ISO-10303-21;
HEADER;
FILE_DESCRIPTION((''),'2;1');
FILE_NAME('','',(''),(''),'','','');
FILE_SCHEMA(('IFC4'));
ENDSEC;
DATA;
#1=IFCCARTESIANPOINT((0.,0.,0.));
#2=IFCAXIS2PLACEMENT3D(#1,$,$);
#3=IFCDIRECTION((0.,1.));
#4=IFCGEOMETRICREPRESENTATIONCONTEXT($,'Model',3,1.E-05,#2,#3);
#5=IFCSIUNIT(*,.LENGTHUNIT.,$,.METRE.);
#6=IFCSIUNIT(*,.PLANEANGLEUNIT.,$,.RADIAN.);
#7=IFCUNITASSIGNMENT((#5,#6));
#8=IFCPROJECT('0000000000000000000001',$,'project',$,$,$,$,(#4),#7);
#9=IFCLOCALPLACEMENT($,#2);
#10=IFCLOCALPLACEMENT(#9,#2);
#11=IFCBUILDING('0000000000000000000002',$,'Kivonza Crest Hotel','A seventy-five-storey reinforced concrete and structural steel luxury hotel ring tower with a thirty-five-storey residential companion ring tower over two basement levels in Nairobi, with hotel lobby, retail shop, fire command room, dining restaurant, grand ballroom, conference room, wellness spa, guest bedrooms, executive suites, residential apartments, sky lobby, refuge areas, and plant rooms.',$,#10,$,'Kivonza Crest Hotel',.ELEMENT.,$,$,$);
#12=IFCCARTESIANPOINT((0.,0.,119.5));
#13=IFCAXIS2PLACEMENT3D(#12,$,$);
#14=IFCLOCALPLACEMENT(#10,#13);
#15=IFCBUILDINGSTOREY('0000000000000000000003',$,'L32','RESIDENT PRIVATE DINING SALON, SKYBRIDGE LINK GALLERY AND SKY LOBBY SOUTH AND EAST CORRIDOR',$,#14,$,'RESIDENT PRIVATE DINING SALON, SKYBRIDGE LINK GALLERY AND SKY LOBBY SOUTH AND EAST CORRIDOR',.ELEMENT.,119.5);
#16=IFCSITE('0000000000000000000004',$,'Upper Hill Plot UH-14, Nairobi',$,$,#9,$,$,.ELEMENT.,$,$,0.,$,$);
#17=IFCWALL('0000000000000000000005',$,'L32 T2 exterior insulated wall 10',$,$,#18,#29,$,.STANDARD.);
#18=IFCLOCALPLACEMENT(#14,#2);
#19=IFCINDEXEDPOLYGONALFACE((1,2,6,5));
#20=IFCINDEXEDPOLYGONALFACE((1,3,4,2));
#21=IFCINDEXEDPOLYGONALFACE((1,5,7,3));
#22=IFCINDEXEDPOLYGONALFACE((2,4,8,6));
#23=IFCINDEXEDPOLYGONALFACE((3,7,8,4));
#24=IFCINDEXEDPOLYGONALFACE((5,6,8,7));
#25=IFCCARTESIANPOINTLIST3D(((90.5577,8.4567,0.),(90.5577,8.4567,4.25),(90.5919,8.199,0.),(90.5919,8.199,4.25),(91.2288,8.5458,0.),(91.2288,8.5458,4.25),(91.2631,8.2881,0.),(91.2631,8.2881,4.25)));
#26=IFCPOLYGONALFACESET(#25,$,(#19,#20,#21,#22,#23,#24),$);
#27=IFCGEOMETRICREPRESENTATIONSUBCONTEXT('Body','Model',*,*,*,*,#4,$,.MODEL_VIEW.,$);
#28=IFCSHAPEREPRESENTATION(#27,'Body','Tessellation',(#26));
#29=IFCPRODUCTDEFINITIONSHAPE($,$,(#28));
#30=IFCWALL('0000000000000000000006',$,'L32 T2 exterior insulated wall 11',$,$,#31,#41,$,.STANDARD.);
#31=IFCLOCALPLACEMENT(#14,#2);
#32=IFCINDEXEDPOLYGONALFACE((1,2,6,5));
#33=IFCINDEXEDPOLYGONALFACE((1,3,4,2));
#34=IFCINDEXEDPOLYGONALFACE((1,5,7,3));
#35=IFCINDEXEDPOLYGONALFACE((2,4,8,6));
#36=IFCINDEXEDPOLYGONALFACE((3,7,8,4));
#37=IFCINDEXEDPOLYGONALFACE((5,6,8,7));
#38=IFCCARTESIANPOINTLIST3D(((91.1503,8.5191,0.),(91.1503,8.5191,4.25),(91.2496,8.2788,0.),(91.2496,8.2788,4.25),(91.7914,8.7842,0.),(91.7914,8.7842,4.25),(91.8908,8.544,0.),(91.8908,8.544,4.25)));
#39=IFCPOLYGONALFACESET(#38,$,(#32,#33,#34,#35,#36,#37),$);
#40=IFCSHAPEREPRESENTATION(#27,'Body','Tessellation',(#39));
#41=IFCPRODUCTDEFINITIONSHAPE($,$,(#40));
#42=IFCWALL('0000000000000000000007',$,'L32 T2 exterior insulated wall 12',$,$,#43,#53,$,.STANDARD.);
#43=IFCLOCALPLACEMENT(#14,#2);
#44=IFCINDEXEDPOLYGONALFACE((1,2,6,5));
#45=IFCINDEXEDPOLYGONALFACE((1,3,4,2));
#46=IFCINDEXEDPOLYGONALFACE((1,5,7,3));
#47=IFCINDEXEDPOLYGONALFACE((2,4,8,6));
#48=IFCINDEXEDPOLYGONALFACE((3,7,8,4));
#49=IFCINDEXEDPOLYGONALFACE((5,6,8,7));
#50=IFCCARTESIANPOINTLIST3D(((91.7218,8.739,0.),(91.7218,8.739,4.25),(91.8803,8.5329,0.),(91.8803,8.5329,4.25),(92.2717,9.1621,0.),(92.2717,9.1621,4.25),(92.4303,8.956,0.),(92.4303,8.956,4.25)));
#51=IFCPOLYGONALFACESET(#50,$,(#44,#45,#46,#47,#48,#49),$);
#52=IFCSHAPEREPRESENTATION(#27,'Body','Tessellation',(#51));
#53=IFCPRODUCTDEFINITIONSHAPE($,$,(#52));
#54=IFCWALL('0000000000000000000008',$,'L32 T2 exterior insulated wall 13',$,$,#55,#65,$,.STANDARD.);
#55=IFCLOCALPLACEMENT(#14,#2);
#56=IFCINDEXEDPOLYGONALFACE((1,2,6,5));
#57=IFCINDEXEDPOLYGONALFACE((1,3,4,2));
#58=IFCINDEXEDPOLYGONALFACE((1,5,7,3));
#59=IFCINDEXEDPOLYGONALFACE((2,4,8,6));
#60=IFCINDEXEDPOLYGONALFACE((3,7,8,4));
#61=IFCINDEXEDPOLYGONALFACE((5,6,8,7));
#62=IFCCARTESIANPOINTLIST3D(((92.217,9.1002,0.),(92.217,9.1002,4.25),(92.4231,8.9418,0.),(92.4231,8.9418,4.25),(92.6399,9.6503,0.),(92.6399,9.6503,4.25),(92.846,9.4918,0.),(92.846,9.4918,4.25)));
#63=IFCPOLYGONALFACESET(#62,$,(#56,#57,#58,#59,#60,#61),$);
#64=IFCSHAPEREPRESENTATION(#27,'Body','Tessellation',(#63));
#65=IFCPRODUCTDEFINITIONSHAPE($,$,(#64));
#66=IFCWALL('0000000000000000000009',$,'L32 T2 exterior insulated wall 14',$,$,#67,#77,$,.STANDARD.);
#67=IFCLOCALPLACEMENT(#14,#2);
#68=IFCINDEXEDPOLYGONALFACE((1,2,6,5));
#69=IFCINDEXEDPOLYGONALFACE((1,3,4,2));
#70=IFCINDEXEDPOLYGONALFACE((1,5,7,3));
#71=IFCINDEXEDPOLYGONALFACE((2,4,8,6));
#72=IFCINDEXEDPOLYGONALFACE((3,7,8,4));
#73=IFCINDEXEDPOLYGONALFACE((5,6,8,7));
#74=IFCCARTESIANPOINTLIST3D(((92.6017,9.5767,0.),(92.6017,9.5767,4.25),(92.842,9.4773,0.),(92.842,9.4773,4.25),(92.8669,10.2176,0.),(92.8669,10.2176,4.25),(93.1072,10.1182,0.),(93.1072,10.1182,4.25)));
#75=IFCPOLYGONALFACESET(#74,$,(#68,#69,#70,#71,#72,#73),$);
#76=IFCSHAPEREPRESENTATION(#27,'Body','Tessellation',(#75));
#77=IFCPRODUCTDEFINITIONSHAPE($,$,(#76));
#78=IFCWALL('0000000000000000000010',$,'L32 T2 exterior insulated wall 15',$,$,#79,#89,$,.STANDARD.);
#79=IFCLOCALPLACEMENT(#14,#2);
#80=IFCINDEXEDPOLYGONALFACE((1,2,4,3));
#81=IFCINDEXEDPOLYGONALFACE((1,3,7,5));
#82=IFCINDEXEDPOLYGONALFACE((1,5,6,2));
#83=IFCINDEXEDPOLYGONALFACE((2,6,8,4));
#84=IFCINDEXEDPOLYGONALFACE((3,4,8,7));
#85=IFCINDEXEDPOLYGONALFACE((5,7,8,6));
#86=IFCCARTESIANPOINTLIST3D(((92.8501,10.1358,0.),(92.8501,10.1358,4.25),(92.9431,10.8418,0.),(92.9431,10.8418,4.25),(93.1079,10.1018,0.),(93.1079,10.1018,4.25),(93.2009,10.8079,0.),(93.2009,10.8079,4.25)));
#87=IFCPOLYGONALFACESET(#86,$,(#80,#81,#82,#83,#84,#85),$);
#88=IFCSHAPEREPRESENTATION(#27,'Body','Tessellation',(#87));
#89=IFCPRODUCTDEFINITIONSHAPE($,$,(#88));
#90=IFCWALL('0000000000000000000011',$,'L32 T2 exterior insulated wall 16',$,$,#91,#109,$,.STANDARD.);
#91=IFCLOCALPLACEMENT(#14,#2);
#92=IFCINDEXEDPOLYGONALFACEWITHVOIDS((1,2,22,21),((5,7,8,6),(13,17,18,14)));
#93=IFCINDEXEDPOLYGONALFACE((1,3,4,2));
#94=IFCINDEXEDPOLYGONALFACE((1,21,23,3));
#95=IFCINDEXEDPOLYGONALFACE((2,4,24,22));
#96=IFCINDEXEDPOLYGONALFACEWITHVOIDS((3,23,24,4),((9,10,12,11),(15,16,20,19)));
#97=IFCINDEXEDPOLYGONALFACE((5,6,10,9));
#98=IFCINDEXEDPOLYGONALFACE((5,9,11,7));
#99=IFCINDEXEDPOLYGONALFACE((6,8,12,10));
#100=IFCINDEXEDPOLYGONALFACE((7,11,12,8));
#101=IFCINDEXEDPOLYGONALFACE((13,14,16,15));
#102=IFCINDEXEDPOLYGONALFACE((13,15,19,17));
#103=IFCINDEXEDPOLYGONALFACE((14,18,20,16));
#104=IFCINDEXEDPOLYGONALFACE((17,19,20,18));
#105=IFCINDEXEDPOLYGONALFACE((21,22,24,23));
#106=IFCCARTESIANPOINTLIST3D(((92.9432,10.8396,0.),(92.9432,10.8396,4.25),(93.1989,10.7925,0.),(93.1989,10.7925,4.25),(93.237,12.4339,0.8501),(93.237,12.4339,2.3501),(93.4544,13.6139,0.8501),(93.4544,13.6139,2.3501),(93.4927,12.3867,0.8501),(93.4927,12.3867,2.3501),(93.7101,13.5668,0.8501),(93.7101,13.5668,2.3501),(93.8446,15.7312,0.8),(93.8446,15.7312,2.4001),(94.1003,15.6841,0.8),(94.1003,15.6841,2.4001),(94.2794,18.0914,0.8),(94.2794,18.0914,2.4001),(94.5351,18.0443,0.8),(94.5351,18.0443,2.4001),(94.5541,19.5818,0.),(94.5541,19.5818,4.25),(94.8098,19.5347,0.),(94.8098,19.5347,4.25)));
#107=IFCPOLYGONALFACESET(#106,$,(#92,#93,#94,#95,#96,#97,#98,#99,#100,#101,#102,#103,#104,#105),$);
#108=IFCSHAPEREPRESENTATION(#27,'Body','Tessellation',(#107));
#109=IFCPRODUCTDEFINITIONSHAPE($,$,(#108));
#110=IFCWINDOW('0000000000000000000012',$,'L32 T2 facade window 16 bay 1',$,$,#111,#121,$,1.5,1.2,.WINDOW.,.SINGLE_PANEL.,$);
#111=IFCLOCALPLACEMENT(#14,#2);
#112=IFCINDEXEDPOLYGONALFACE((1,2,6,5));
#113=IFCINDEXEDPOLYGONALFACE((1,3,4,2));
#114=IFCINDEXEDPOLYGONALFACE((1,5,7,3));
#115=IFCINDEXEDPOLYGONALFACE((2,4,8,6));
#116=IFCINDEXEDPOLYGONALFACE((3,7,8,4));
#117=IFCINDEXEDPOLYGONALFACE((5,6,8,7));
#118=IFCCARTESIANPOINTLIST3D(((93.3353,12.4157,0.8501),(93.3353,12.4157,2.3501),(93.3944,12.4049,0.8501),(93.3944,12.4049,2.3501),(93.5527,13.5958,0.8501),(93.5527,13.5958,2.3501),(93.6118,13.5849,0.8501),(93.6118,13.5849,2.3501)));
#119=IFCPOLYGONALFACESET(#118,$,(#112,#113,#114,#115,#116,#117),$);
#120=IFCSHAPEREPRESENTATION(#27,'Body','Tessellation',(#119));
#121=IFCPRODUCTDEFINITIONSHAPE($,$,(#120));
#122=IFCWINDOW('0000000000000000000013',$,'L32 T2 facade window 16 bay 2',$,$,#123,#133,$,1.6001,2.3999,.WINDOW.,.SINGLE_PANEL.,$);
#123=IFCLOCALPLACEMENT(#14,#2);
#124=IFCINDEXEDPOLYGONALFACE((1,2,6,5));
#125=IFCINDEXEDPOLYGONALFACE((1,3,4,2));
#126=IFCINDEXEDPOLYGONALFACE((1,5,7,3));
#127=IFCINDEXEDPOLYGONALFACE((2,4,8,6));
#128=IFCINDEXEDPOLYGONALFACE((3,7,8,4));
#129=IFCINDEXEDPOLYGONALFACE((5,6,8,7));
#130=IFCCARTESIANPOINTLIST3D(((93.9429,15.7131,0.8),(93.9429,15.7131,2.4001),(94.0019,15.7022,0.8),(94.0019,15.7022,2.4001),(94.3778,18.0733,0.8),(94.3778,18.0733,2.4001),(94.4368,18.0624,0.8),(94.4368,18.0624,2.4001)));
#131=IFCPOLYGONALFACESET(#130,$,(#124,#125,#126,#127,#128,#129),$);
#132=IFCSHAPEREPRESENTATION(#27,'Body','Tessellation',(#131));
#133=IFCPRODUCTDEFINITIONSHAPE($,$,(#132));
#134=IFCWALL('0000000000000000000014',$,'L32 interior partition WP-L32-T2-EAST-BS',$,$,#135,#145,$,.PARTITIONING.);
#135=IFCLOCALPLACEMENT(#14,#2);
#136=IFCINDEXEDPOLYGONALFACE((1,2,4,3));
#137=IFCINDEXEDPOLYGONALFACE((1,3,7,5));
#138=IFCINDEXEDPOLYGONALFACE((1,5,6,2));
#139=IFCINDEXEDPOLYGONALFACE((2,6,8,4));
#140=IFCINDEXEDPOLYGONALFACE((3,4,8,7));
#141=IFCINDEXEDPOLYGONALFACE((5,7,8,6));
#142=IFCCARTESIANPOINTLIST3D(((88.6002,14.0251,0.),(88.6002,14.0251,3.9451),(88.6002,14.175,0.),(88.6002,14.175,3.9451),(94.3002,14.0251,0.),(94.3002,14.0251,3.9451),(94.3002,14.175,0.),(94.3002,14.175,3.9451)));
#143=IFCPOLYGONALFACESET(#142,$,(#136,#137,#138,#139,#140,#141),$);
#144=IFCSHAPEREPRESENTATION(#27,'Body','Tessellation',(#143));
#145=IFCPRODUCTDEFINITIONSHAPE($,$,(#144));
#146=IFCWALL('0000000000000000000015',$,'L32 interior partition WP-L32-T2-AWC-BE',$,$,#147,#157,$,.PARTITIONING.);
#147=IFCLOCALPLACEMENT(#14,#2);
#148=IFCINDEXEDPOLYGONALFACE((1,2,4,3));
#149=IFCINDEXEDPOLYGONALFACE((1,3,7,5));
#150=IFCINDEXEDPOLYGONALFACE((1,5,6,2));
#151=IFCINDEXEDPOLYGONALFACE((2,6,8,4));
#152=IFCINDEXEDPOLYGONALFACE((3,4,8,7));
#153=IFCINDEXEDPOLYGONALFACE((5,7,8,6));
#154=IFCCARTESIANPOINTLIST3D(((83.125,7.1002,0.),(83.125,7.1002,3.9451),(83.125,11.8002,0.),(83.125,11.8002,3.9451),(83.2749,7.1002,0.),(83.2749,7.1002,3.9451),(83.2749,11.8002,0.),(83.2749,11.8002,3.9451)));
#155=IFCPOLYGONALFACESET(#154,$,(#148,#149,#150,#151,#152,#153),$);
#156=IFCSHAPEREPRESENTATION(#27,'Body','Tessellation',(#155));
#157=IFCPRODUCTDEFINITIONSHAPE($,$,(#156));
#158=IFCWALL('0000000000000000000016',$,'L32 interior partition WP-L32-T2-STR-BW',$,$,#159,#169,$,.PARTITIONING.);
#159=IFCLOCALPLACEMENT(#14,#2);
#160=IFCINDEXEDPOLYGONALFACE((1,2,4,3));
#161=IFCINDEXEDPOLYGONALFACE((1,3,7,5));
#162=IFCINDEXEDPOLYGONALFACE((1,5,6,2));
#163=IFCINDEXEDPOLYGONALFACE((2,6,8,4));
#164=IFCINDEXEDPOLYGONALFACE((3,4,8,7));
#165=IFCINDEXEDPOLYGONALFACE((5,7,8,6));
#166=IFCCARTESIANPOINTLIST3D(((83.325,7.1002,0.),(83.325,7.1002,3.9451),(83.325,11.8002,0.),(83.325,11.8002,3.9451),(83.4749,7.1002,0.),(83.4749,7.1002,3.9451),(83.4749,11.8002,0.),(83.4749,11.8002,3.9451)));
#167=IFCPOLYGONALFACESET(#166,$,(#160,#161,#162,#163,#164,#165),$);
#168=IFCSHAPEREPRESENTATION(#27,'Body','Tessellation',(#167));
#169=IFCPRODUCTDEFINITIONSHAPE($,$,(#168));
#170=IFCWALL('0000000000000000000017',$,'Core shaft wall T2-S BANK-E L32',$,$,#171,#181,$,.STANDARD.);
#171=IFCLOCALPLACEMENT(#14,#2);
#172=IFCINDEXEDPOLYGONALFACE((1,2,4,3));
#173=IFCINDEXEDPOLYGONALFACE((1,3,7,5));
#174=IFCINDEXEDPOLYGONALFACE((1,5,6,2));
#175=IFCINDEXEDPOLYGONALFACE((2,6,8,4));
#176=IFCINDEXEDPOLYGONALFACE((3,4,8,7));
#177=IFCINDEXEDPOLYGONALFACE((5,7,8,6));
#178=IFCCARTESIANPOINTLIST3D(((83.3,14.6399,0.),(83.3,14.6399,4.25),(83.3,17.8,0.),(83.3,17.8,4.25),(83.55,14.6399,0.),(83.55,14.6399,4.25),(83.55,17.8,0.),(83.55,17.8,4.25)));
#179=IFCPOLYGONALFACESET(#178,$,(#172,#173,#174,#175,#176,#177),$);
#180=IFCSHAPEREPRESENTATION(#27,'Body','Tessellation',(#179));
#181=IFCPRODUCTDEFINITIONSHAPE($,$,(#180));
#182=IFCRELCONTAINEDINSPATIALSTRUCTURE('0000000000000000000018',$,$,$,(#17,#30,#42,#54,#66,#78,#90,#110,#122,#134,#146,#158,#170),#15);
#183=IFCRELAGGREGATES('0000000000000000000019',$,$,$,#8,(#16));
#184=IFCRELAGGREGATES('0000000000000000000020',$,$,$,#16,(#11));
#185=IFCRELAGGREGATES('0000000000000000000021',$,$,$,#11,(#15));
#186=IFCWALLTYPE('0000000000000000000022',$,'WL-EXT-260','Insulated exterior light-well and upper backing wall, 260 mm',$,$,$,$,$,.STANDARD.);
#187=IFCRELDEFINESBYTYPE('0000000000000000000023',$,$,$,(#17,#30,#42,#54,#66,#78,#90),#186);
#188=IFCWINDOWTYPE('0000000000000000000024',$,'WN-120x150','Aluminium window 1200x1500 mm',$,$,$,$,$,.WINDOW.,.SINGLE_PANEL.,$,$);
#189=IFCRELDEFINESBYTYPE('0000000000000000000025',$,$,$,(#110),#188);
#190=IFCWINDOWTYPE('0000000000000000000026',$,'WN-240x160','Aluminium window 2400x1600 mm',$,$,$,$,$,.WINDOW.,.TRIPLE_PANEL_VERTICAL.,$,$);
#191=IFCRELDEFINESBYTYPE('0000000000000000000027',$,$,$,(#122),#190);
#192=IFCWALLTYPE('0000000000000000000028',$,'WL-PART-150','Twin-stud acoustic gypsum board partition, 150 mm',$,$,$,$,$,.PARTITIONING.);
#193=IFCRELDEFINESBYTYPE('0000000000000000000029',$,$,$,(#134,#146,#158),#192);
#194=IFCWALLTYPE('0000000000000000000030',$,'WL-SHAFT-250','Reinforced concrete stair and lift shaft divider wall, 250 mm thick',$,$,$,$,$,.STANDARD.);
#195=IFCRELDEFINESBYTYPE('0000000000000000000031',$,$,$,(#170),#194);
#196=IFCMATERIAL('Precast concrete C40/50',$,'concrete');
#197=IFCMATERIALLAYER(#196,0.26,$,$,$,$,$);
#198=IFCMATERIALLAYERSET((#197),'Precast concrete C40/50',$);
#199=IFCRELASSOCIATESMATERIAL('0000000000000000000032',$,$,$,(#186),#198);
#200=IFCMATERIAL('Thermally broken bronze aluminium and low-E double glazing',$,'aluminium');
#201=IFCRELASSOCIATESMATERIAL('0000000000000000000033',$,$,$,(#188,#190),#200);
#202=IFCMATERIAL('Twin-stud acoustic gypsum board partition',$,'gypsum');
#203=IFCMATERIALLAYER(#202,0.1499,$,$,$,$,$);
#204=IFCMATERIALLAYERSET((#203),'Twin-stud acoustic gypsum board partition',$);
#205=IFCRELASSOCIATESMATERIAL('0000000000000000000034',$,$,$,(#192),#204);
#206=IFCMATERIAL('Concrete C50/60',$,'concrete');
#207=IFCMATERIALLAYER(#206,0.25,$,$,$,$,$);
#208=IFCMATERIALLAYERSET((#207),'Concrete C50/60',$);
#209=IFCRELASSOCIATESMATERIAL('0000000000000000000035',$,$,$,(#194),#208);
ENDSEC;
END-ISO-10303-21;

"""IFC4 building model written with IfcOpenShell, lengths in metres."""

from ifc_helpers import new_model, si_unit, direction, frame, frame_2d, origin, place, context, subcontext, project, spatial, rectangle, extrude, material, layer, layer_set, type_object, element, fill, save


model = new_model("IFC4")

# Units and contexts
model_context = context("Model", 3, precision=1e-05, world=origin(), true_north=direction((0.0, 1.0)))
body_context = subcontext(model_context, "Body", "Model", "MODEL_VIEW")
ifc_project = project(units=[si_unit("LENGTHUNIT", "METRE"), si_unit("PLANEANGLEUNIT", "RADIAN")], contexts=[model_context])

# Site, building, storey
site_placement = place(None, origin())
site = spatial("IfcSite", under=ifc_project, at=site_placement, Name="Upper Hill Plot UH-14, Nairobi", CompositionType="ELEMENT", RefElevation=0.0)
building_placement = place(site_placement, origin())
building = spatial("IfcBuilding", under=site, at=building_placement, Name="Kivonza Crest Hotel", Description="A seventy-five-storey reinforced concrete and structural steel luxury hotel ring tower with a thirty-five-storey residential companion ring tower over two basement levels in Nairobi, with hotel lobby, retail shop, fire command room, dining restaurant, grand ballroom, conference room, wellness spa, guest bedrooms, executive suites, residential apartments, sky lobby, refuge areas, and plant rooms.", LongName="Kivonza Crest Hotel", CompositionType="ELEMENT")
storey_placement = place(building_placement, frame((0.0, 0.0, 119.5)))
storey = spatial("IfcBuildingStorey", under=building, at=storey_placement, Name="L32", Description="RESIDENT PRIVATE DINING SALON, SKYBRIDGE LINK GALLERY AND SKY LOBBY SOUTH AND EAST CORRIDOR", LongName="RESIDENT PRIVATE DINING SALON, SKYBRIDGE LINK GALLERY AND SKY LOBBY SOUTH AND EAST CORRIDOR", CompositionType="ELEMENT", Elevation=119.5)

# Walls
ifc_material_1 = material(Name="Concrete C50/60", Category="concrete")
ifc_material_2 = material(Name="Precast concrete C40/50", Category="concrete")
ifc_layer_1 = layer(ifc_material_2, 0.26)
ifc_layer_set_1 = layer_set([ifc_layer_1], Name="Precast concrete C40/50")
wall_type_1 = type_object("IfcWallType", Name="WL-EXT-260", Description="Insulated exterior light-well and upper backing wall, 260 mm", PredefinedType="STANDARD", material=ifc_layer_set_1)
wall_1_placement = place(storey_placement, frame((90.575, 8.3279, 0.0), z_axis=(0.0, 0.0, 1.0), x_axis=(0.9913, 0.13162, 0.0)))
element("IfcWall", 1, at=wall_1_placement, inside=storey, type_object=wall_type_1, Name="L32 T2 exterior insulated wall 10", PredefinedType="STANDARD", context=body_context, shape_type="SweptSolid", body=[
    extrude(rectangle(XDim=0.677, YDim=0.26, at=frame_2d((0.3384, 0.0))), origin(), (0.0, 0.0, 1.0), 4.25),
])
for number, where, z_axis, x_axis, name in (
    (2, (91.2, 8.3989, 0.0), (0.0, 0.0, 1.0), (0.924094, 0.382165, 0.0), "L32 T2 exterior insulated wall 11"),
    (3, (91.801, 8.636, 0.0), (0.0, 0.0, 1.0), (0.792637, 0.609694, 0.0), "L32 T2 exterior insulated wall 12"),
    (4, (92.3201, 9.021, 0.0), (0.0, 0.0, 1.0), (0.609473, 0.792807, 0.0), "L32 T2 exterior insulated wall 13"),
):
    element("IfcWall", number, at=place(storey_placement, frame(where, z_axis=z_axis, x_axis=x_axis)), inside=storey, type_object=wall_type_1, Name=name, PredefinedType="STANDARD", context=body_context, shape_type="SweptSolid", body=[
        extrude(rectangle(XDim=0.6938, YDim=0.26, at=frame_2d((0.3469, 0.0))), origin(), (0.0, 0.0, 1.0), 4.25),
    ])
wall_2_placement = place(storey_placement, frame((92.7219, 9.5271, 0.0), z_axis=(0.0, 0.0, 1.0), x_axis=(0.38229, 0.924043, 0.0)))
element("IfcWall", 5, at=wall_2_placement, inside=storey, type_object=wall_type_1, Name="L32 T2 exterior insulated wall 14", PredefinedType="STANDARD", context=body_context, shape_type="SweptSolid", body=[
    extrude(rectangle(XDim=0.6936, YDim=0.26, at=frame_2d((0.3467, 0.0))), origin(), (0.0, 0.0, 1.0), 4.25),
])
wall_3_placement = place(storey_placement, frame((92.979, 10.1189, 0.0), z_axis=(0.0, 0.0, 1.0), x_axis=(0.130614, 0.991433, 0.0)))
element("IfcWall", 6, at=wall_3_placement, inside=storey, type_object=wall_type_1, Name="L32 T2 exterior insulated wall 15", PredefinedType="STANDARD", context=body_context, shape_type="SweptSolid", body=[
    extrude(rectangle(XDim=0.7122, YDim=0.26, at=frame_2d((0.356, 0.0))), origin(), (0.0, 0.0, 1.0), 4.25),
])

# Wall, openings, windows
wall_4_placement = place(storey_placement, frame((93.071, 10.8159, 0.0), z_axis=(0.0, 0.0, 1.0), x_axis=(0.18121, 0.983444, 0.0)))
wall_4 = element("IfcWall", 7, at=wall_4_placement, inside=storey, type_object=wall_type_1, Name="L32 T2 exterior insulated wall 16", PredefinedType="STANDARD", context=body_context, shape_type="SweptSolid", body=[
    extrude(rectangle(XDim=8.8894, YDim=0.26, at=frame_2d((4.4448, 0.0))), origin(), (0.0, 0.0, 1.0), 4.25),
])
opening_1_placement = place(wall_4_placement, frame((1.6211, 0.0, 0.8501)))
opening_1 = element("IfcOpeningElement", 8, at=opening_1_placement, cuts=wall_4, PredefinedType="OPENING", context=body_context, shape_type="SweptSolid", body=[
    extrude(rectangle(XDim=1.2, YDim=1.5, at=frame_2d((0.6001, 0.75))), frame((0.0, 0.1401, 0.0), z_axis=(0.0, -1.0, 0.0), x_axis=(1.0, 0.0, 0.0)), (0.0, 0.0, 1.0), 0.28),
])
opening_2_placement = place(wall_4_placement, frame((4.9741, 0.0, 0.8)))
opening_2 = element("IfcOpeningElement", 9, at=opening_2_placement, cuts=wall_4, PredefinedType="OPENING", context=body_context, shape_type="SweptSolid", body=[
    extrude(rectangle(XDim=2.3999, YDim=1.6001, at=frame_2d((1.2, 0.8))), frame((0.0, 0.1401, 0.0), z_axis=(0.0, -1.0, 0.0), x_axis=(1.0, 0.0, 0.0)), (0.0, 0.0, 1.0), 0.28),
])
ifc_material_3 = material(Name="Thermally broken bronze aluminium and low-E double glazing", Category="aluminium")
window_type_1 = type_object("IfcWindowType", Name="WN-120x150", Description="Aluminium window 1200x1500 mm", PartitioningType="SINGLE_PANEL", PredefinedType="WINDOW", material=ifc_material_3)
window_1_placement = place(opening_1_placement, origin())
window_1 = element("IfcWindow", 10, at=window_1_placement, inside=storey, type_object=window_type_1, Name="L32 T2 facade window 16 bay 1", OverallHeight=1.5, OverallWidth=1.2, PartitioningType="SINGLE_PANEL", PredefinedType="WINDOW", context=body_context, shape_type="SweptSolid", body=[
    extrude(rectangle(XDim=1.2, YDim=1.5, at=frame_2d((0.6001, 0.75))), frame((0.0, 0.03, 0.0), z_axis=(0.0, -1.0, 0.0), x_axis=(1.0, 0.0, 0.0)), (0.0, 0.0, 1.0), 0.0601),
])
fill(opening_1, window_1)
window_type_2 = type_object("IfcWindowType", Name="WN-240x160", Description="Aluminium window 2400x1600 mm", PartitioningType="TRIPLE_PANEL_VERTICAL", PredefinedType="WINDOW", material=ifc_material_3)
window_2_placement = place(opening_2_placement, origin())
window_2 = element("IfcWindow", 11, at=window_2_placement, inside=storey, type_object=window_type_2, Name="L32 T2 facade window 16 bay 2", OverallHeight=1.6001, OverallWidth=2.3999, PartitioningType="SINGLE_PANEL", PredefinedType="WINDOW", context=body_context, shape_type="SweptSolid", body=[
    extrude(rectangle(XDim=2.3999, YDim=1.6001, at=frame_2d((1.2, 0.8))), frame((0.0, 0.03, 0.0), z_axis=(0.0, -1.0, 0.0), x_axis=(1.0, 0.0, 0.0)), (0.0, 0.0, 1.0), 0.0601),
])
fill(opening_2, window_2)

# Walls
ifc_material_4 = material(Name="Twin-stud acoustic gypsum board partition", Category="gypsum")
ifc_layer_2 = layer(ifc_material_4, 0.1499)
ifc_layer_set_2 = layer_set([ifc_layer_2], Name="Twin-stud acoustic gypsum board partition")
wall_type_2 = type_object("IfcWallType", Name="WL-PART-150", Description="Twin-stud acoustic gypsum board partition, 150 mm", PredefinedType="PARTITIONING", material=ifc_layer_set_2)
wall_5_placement = place(storey_placement, frame((88.6001, 14.1001, 0.0), z_axis=(0.0, 0.0, 1.0), x_axis=(1.0, 0.0, 0.0)))
element("IfcWall", 12, at=wall_5_placement, inside=storey, type_object=wall_type_2, Name="L32 interior partition WP-L32-T2-EAST-BS", PredefinedType="PARTITIONING", context=body_context, shape_type="SweptSolid", body=[
    extrude(rectangle(XDim=5.7, YDim=0.1499, at=frame_2d((2.8501, 0.0))), origin(), (0.0, 0.0, 1.0), 3.9451),
])
for number, where, z_axis, x_axis, name in (
    (13, (83.2, 7.1001, 0.0), (0.0, 0.0, 1.0), (0.0, 1.0, 0.0), "L32 interior partition WP-L32-T2-AWC-BE"),
    (14, (83.3999, 7.1001, 0.0), (0.0, 0.0, 1.0), (0.0, 1.0, 0.0), "L32 interior partition WP-L32-T2-STR-BW"),
):
    element("IfcWall", number, at=place(storey_placement, frame(where, z_axis=z_axis, x_axis=x_axis)), inside=storey, type_object=wall_type_2, Name=name, PredefinedType="PARTITIONING", context=body_context, shape_type="SweptSolid", body=[
        extrude(rectangle(XDim=4.7, YDim=0.1499, at=frame_2d((2.3501, 0.0))), origin(), (0.0, 0.0, 1.0), 3.9451),
    ])
ifc_layer_3 = layer(ifc_material_1, 0.25)
ifc_layer_set_3 = layer_set([ifc_layer_3], Name="Concrete C50/60")
wall_type_3 = type_object("IfcWallType", Name="WL-SHAFT-250", Description="Reinforced concrete stair and lift shaft divider wall, 250 mm thick", PredefinedType="STANDARD", material=ifc_layer_set_3)
wall_6_placement = place(storey_placement, frame((83.425, 14.6399, 0.0), z_axis=(0.0, 0.0, 1.0), x_axis=(0.0, 1.0, 0.0)))
element("IfcWall", 15, at=wall_6_placement, inside=storey, type_object=wall_type_3, Name="Core shaft wall T2-S BANK-E L32", PredefinedType="STANDARD", context=body_context, shape_type="SweptSolid", body=[
    extrude(rectangle(XDim=3.1602, YDim=0.25, at=frame_2d((1.5801, 0.0))), origin(), (0.0, 0.0, 1.0), 4.25),
])

save(model, "model.ifc")
